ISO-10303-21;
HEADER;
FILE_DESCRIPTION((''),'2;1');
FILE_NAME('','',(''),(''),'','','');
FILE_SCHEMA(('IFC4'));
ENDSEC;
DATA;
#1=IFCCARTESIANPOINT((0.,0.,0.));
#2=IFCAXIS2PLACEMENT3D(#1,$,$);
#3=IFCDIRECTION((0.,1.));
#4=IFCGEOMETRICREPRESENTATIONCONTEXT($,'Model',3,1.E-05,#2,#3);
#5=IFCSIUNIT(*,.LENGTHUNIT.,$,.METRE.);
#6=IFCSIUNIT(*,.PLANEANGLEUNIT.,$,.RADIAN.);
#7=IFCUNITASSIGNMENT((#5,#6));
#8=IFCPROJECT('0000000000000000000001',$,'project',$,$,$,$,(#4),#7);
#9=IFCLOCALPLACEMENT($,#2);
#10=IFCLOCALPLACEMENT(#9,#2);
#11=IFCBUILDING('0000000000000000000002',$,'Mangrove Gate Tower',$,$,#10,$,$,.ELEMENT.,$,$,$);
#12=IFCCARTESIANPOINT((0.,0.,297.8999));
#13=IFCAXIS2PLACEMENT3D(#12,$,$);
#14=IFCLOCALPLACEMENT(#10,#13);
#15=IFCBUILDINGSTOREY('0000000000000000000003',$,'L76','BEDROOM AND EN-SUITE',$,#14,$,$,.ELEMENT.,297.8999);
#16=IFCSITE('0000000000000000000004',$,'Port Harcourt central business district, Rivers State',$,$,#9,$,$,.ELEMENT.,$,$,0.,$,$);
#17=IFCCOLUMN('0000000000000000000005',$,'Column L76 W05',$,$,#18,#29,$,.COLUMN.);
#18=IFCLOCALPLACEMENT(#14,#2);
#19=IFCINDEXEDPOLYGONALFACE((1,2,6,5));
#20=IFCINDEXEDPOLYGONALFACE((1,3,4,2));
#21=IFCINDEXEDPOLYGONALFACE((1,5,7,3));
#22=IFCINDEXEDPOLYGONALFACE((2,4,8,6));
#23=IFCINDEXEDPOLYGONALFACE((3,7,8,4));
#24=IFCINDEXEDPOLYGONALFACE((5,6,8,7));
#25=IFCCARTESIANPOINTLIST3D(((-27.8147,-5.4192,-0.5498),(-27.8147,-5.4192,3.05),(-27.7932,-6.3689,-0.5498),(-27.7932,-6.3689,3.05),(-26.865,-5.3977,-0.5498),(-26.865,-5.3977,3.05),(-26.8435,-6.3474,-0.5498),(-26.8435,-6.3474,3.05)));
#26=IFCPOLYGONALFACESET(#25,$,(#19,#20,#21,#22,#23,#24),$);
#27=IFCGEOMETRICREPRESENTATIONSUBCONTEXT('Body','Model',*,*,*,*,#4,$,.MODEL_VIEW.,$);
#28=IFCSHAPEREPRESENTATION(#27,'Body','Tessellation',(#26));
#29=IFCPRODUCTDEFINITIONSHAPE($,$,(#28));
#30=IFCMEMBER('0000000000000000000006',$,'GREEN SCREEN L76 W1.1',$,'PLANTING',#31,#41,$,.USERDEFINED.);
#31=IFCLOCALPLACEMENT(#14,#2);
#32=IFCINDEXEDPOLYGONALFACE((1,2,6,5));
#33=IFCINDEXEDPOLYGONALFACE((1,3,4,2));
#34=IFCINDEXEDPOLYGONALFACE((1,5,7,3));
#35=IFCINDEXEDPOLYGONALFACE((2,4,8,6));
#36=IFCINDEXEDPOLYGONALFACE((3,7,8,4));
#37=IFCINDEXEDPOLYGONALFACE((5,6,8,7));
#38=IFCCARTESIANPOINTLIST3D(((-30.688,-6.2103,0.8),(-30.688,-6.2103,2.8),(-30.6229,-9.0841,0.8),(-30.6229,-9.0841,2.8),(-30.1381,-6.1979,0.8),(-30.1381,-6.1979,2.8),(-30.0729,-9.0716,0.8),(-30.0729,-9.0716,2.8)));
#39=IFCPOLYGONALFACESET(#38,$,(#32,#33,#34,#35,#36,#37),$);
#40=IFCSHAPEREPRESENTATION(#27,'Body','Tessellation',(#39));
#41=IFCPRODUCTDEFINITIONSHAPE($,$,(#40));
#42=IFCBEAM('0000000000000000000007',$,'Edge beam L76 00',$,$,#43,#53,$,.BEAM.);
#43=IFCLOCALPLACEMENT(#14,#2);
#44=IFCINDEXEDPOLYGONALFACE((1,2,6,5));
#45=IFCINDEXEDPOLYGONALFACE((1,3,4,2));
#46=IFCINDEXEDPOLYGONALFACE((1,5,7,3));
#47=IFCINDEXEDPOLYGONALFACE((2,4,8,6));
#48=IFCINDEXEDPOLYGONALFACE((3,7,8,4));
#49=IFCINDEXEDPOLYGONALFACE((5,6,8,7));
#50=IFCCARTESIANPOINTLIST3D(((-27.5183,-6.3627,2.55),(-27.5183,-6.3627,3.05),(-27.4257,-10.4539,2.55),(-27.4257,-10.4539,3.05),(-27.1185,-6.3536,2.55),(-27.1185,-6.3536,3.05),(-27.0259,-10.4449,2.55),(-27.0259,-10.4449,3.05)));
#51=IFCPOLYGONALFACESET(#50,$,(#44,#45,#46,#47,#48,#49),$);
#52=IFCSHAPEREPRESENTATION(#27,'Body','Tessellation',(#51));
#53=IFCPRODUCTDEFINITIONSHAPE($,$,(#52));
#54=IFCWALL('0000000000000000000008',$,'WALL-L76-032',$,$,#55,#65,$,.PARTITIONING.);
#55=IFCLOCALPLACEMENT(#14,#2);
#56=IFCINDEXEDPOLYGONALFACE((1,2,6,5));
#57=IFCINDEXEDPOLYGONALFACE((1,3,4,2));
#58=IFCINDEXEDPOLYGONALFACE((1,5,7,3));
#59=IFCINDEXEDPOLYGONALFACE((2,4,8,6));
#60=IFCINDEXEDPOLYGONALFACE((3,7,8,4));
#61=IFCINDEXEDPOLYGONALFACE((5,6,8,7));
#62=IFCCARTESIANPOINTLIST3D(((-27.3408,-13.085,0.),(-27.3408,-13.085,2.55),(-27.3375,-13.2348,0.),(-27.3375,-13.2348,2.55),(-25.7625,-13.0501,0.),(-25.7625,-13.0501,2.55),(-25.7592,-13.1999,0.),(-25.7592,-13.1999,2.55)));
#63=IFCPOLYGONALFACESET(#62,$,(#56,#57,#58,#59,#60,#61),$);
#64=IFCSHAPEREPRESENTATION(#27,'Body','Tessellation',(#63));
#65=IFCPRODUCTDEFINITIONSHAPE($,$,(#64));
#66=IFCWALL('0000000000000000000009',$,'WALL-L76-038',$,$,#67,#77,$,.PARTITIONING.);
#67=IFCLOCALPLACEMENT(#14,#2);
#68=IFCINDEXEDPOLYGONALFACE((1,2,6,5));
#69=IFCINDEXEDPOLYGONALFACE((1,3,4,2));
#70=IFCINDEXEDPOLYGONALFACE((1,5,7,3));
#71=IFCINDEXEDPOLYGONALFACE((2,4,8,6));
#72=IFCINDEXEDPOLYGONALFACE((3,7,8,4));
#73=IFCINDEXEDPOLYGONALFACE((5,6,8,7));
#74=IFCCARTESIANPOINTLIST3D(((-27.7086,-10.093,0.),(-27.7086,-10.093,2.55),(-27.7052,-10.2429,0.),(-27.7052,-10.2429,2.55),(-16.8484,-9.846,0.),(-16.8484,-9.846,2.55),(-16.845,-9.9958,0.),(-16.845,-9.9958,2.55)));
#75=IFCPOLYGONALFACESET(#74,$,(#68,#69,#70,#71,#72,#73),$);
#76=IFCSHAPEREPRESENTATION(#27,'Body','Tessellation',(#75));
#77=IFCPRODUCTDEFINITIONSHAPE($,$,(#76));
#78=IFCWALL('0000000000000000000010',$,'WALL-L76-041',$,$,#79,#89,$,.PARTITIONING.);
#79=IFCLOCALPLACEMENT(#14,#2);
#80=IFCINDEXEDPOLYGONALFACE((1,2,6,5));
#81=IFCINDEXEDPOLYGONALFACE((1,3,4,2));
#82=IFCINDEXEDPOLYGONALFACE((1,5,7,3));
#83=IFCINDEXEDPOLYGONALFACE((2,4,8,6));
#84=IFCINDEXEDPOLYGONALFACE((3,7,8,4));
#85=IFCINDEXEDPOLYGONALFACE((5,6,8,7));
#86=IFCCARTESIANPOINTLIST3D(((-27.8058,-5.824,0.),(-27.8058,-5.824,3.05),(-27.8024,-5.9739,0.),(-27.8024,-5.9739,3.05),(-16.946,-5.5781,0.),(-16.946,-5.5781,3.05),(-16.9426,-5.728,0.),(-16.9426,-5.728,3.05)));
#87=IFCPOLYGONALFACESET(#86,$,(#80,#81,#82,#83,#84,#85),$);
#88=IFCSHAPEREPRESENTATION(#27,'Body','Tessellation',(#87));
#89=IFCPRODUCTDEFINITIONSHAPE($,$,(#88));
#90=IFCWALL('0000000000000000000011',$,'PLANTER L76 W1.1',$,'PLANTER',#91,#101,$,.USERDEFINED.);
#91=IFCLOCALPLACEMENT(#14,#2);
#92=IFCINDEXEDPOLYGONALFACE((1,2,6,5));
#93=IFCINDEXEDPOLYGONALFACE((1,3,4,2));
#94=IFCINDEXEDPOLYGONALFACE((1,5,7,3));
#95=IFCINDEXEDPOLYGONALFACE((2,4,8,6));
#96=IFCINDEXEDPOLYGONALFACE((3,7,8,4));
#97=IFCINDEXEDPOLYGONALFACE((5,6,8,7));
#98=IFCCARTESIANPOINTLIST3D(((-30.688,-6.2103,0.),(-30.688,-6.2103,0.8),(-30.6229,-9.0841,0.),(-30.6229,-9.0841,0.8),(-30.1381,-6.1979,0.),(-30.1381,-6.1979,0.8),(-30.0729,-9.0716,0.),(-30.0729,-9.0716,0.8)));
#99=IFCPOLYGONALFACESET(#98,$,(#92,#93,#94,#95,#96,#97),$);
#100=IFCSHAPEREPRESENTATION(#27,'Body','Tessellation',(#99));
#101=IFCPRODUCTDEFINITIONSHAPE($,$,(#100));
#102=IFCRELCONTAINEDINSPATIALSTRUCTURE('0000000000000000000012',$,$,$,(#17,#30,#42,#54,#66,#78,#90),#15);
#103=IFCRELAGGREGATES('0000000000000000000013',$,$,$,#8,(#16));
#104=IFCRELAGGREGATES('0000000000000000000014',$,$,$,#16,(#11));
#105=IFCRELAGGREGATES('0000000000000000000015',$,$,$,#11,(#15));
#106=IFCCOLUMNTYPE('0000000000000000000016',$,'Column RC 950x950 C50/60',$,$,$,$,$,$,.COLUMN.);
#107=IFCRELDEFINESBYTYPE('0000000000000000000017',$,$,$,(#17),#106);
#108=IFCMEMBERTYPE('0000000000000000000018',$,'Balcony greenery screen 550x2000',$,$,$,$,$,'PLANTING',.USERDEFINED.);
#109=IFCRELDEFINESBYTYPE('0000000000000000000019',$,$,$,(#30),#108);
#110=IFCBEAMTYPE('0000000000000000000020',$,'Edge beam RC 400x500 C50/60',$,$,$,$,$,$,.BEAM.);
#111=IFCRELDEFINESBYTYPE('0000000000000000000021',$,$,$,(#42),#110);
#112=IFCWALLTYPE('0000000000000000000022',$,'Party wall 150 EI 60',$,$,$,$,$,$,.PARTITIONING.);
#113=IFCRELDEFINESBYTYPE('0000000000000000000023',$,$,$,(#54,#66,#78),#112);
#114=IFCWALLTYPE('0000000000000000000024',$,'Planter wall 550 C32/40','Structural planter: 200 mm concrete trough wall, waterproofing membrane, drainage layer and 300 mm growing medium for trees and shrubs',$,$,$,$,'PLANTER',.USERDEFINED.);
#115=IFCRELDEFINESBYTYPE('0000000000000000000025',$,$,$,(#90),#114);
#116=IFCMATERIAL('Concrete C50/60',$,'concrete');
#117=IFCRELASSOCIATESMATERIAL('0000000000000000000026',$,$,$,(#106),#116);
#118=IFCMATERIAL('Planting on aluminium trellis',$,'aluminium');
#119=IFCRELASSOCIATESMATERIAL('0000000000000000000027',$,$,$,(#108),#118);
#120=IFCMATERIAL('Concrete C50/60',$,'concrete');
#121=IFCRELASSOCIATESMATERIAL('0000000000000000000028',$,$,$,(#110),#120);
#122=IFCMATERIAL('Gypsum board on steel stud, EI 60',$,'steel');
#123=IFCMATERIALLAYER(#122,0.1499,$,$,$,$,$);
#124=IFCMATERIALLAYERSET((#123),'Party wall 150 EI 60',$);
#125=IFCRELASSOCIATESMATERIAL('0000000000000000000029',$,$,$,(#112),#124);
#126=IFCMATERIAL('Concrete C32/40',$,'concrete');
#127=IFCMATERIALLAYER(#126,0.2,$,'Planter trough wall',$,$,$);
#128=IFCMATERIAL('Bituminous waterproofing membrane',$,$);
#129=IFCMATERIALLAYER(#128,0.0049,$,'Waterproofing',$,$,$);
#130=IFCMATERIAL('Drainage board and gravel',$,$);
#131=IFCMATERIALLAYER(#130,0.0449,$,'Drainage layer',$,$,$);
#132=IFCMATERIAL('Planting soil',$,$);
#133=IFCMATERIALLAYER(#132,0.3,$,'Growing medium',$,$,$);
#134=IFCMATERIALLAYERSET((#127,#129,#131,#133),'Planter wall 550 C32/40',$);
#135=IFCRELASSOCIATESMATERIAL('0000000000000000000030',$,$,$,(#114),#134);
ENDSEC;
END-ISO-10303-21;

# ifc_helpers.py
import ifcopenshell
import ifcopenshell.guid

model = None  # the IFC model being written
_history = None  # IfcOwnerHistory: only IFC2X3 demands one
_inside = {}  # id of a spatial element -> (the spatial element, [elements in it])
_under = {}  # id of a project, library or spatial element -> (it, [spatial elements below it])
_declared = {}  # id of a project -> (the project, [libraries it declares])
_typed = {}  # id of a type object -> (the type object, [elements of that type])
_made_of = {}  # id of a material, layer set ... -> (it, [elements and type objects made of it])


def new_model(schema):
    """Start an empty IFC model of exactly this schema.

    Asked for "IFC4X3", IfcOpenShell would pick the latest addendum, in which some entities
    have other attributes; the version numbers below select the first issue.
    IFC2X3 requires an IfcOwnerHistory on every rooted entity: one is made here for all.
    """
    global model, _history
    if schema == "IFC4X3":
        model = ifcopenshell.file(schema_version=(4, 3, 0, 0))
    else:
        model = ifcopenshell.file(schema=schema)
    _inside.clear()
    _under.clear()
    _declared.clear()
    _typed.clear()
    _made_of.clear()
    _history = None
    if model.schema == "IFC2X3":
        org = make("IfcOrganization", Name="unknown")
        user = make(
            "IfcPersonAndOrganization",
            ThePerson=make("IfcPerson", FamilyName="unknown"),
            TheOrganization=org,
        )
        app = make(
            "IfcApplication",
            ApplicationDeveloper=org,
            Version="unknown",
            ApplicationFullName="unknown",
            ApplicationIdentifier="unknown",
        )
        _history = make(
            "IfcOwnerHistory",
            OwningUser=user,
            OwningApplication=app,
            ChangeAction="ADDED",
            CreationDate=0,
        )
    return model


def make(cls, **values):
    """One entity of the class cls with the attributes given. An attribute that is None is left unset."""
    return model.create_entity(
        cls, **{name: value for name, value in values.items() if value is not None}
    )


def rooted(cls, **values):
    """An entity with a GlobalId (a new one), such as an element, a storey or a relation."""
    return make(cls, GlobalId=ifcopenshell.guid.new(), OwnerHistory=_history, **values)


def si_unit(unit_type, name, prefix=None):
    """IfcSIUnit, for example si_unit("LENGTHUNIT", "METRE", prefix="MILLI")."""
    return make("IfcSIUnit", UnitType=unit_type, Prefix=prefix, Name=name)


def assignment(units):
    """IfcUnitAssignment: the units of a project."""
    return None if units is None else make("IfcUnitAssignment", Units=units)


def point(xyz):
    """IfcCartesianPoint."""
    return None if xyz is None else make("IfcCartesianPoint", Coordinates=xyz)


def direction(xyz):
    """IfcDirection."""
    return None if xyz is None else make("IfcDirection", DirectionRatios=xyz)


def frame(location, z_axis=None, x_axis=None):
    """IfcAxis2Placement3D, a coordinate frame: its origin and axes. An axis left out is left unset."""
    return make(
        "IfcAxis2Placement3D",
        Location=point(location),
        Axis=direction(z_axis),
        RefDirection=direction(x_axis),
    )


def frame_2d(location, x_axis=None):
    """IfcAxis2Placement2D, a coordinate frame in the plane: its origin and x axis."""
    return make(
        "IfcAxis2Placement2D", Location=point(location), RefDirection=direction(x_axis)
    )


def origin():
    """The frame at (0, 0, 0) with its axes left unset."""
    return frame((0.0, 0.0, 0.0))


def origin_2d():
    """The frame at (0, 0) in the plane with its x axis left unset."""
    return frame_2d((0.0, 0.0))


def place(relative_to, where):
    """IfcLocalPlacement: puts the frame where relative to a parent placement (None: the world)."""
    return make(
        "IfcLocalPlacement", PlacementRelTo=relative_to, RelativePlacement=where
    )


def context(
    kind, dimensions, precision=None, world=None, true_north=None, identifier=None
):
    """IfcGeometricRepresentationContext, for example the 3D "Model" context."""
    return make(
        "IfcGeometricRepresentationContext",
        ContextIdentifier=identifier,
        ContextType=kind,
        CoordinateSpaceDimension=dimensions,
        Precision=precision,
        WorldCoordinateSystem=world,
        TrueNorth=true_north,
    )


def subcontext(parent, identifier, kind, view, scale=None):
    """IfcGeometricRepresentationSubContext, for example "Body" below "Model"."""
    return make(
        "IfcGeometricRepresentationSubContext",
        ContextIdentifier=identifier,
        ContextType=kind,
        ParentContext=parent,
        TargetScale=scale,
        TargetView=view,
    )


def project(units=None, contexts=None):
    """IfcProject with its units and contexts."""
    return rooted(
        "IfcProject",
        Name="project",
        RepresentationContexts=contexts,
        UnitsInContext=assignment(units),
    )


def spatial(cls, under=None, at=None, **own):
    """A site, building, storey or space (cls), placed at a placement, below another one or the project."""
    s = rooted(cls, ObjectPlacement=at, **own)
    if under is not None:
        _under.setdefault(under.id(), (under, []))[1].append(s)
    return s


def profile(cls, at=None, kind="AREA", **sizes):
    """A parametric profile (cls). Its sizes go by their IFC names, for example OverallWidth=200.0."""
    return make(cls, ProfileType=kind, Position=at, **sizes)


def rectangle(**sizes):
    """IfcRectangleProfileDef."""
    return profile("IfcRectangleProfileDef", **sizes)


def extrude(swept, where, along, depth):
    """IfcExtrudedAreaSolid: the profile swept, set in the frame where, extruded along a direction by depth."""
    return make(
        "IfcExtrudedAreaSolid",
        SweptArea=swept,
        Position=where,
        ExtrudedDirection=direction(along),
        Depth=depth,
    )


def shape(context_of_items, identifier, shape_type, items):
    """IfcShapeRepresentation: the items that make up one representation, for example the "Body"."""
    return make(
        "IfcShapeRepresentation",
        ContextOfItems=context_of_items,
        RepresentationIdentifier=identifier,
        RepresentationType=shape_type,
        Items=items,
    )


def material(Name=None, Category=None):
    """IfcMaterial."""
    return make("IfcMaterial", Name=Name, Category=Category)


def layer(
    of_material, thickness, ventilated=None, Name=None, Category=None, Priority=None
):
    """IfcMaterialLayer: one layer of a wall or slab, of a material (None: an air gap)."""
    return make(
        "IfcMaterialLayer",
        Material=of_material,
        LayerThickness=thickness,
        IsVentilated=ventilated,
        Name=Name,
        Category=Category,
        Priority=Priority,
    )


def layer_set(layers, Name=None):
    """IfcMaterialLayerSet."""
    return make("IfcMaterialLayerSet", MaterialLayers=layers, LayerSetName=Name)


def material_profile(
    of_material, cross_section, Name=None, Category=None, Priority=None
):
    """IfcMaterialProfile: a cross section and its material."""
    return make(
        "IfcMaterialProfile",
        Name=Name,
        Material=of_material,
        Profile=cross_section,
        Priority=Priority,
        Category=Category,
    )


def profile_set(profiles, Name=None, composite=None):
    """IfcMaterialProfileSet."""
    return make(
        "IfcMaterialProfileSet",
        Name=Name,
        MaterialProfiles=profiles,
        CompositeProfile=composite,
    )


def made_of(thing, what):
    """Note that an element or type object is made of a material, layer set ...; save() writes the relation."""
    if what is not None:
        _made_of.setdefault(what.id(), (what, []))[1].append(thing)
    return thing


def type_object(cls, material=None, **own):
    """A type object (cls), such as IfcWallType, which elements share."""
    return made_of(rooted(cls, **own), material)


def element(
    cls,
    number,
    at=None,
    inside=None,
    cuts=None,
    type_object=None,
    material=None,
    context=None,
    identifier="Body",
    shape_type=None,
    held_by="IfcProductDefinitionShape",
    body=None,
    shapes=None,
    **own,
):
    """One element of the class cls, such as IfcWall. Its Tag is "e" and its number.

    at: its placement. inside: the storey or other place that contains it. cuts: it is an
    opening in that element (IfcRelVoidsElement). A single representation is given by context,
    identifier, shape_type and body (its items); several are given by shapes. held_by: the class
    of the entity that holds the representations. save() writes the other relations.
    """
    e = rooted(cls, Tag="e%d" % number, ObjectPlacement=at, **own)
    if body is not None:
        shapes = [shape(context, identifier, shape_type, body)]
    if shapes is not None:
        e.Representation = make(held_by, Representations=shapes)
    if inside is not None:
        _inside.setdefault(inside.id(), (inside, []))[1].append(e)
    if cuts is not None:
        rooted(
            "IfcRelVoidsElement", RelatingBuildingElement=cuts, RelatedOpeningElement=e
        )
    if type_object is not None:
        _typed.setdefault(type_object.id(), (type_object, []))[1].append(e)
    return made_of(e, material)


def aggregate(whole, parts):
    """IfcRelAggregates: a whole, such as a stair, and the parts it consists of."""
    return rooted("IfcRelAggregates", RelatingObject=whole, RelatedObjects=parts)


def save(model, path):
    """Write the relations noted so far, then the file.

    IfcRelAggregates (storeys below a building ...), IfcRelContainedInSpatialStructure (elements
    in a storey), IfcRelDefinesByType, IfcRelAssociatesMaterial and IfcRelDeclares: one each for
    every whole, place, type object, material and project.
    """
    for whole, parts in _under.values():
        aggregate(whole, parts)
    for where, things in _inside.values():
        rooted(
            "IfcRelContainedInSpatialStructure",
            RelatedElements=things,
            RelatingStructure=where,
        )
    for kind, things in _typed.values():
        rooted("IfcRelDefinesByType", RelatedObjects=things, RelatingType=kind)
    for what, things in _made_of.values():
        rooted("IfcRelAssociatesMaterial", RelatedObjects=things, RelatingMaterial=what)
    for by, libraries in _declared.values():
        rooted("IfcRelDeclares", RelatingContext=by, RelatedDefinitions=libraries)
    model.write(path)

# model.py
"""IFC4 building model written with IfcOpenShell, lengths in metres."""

from ifc_helpers import new_model, si_unit, direction, frame, frame_2d, origin, origin_2d, place, context, subcontext, project, spatial, rectangle, extrude, material, layer, layer_set, material_profile, profile_set, type_object, element, save


model = new_model("IFC4")

# Units and contexts
model_context = context("Model", 3, precision=1e-05, world=origin(), true_north=direction((0.0, 1.0)))
body_context = subcontext(model_context, "Body", "Model", "MODEL_VIEW")
ifc_project = project(units=[si_unit("LENGTHUNIT", "METRE"), si_unit("PLANEANGLEUNIT", "RADIAN")], contexts=[model_context])

# Site, building, storey
site_placement = place(None, origin())
site = spatial("IfcSite", under=ifc_project, at=site_placement, Name="Port Harcourt central business district, Rivers State", CompositionType="ELEMENT", RefElevation=0.0)
building_placement = place(site_placement, origin())
building = spatial("IfcBuilding", under=site, at=building_placement, Name="Mangrove Gate Tower", CompositionType="ELEMENT")
storey_placement = place(building_placement, frame((0.0, 0.0, 297.8999)))
storey = spatial("IfcBuildingStorey", under=building, at=storey_placement, Name="L76", Description="BEDROOM AND EN-SUITE", CompositionType="ELEMENT", Elevation=297.8999)

# Column
ifc_material_1 = material(Name="Concrete C50/60", Category="concrete")
ifc_material_profile_1 = material_profile(ifc_material_1, rectangle(XDim=0.95, YDim=0.95, at=origin_2d()))
ifc_profile_set_1 = profile_set([ifc_material_profile_1], Name="Concrete C50/60")
column_type = type_object("IfcColumnType", Name="Column RC 950x950 C50/60", PredefinedType="COLUMN", material=ifc_profile_set_1)
column_placement = place(storey_placement, frame((-27.3291, -5.8833, -0.5498), z_axis=(0.0, 0.0, 1.0), x_axis=(0.022668, -0.999743, 0.0)))
element("IfcColumn", 1, at=column_placement, inside=storey, type_object=column_type, Name="Column L76 W05", PredefinedType="COLUMN", context=body_context, shape_type="SweptSolid", body=[
    extrude(rectangle(XDim=0.95, YDim=0.95, at=origin_2d()), origin(), (0.0, 0.0, 1.0), 3.5999),
])

# Member
ifc_material_2 = material(Name="Planting on aluminium trellis", Category="aluminium")
ifc_material_profile_2 = material_profile(ifc_material_2, rectangle(XDim=0.55, YDim=2.0, at=origin_2d()))
ifc_profile_set_2 = profile_set([ifc_material_profile_2], Name="Planting on aluminium trellis")
member_type = type_object("IfcMemberType", Name="Balcony greenery screen 550x2000", ElementType="PLANTING", PredefinedType="USERDEFINED", material=ifc_profile_set_2)
member_placement = place(storey_placement, frame((-30.3479, -9.0779, 1.8), z_axis=(-0.022677, 0.999743, 0.0), x_axis=(-0.999743, -0.022677, 0.0)))
element("IfcMember", 2, at=member_placement, inside=storey, type_object=member_type, Name="GREEN SCREEN L76 W1.1", ObjectType="PLANTING", PredefinedType="USERDEFINED", context=body_context, shape_type="SweptSolid", body=[
    extrude(rectangle(XDim=0.55, YDim=2.0, at=origin_2d()), origin(), (0.0, 0.0, 1.0), 2.8745),
])

# Beam
ifc_material_3 = material(Name="Concrete C50/60", Category="concrete")
ifc_material_profile_3 = material_profile(ifc_material_3, rectangle(XDim=0.3999, YDim=0.5, at=origin_2d()))
ifc_profile_set_3 = profile_set([ifc_material_profile_3], Name="Concrete C50/60")
beam_type = type_object("IfcBeamType", Name="Edge beam RC 400x500 C50/60", PredefinedType="BEAM", material=ifc_profile_set_3)
beam_placement = place(storey_placement, frame((-27.3184, -6.3582, 2.8), z_axis=(0.02261, -0.999744, 0.0), x_axis=(0.999744, 0.02261, 0.0)))
element("IfcBeam", 3, at=beam_placement, inside=storey, type_object=beam_type, Name="Edge beam L76 00", PredefinedType="BEAM", context=body_context, shape_type="SweptSolid", body=[
    extrude(rectangle(XDim=0.3999, YDim=0.5, at=origin_2d()), origin(), (0.0, 0.0, 1.0), 4.0923),
])

# Walls
ifc_material_4 = material(Name="Gypsum board on steel stud, EI 60", Category="steel")
ifc_layer_1 = layer(ifc_material_4, 0.1499)
ifc_layer_set_1 = layer_set([ifc_layer_1], Name="Party wall 150 EI 60")
wall_type_1 = type_object("IfcWallType", Name="Party wall 150 EI 60", PredefinedType="PARTITIONING", material=ifc_layer_set_1)
wall_1_placement = place(storey_placement, frame((-27.3391, -13.1599, 0.0), z_axis=(0.0, 0.0, 1.0), x_axis=(0.999755, 0.022117, 0.0)))
element("IfcWall", 4, at=wall_1_placement, inside=storey, type_object=wall_type_1, Name="WALL-L76-032", PredefinedType="PARTITIONING", context=body_context, shape_type="SweptSolid", body=[
    extrude(rectangle(XDim=1.5786, YDim=0.1499, at=frame_2d((0.7893, 0.0))), origin(), (0.0, 0.0, 1.0), 2.55),
])
wall_2_placement = place(storey_placement, frame((-27.707, -10.168, 0.0), z_axis=(0.0, 0.0, 1.0), x_axis=(0.999741, 0.022744, 0.0)))
element("IfcWall", 5, at=wall_2_placement, inside=storey, type_object=wall_type_1, Name="WALL-L76-038", PredefinedType="PARTITIONING", context=body_context, shape_type="SweptSolid", body=[
    extrude(rectangle(XDim=10.863, YDim=0.1499, at=frame_2d((5.4316, 0.0))), origin(), (0.0, 0.0, 1.0), 2.55),
])
wall_3_placement = place(storey_placement, frame((-27.804, -5.8989, 0.0), z_axis=(0.0, 0.0, 1.0), x_axis=(0.999744, 0.022633, 0.0)))
element("IfcWall", 6, at=wall_3_placement, inside=storey, type_object=wall_type_1, Name="WALL-L76-041", PredefinedType="PARTITIONING", context=body_context, shape_type="SweptSolid", body=[
    extrude(rectangle(XDim=10.8625, YDim=0.1499, at=frame_2d((5.4312, 0.0))), origin(), (0.0, 0.0, 1.0), 3.05),
])
ifc_material_5 = material(Name="Concrete C32/40", Category="concrete")
ifc_layer_2 = layer(ifc_material_5, 0.2, Name="Planter trough wall")
ifc_material_6 = material(Name="Bituminous waterproofing membrane")
ifc_layer_3 = layer(ifc_material_6, 0.0049, Name="Waterproofing")
ifc_material_7 = material(Name="Drainage board and gravel")
ifc_layer_4 = layer(ifc_material_7, 0.0449, Name="Drainage layer")
ifc_material_8 = material(Name="Planting soil")
ifc_layer_5 = layer(ifc_material_8, 0.3, Name="Growing medium")
ifc_layer_set_2 = layer_set([ifc_layer_2, ifc_layer_3, ifc_layer_4, ifc_layer_5], Name="Planter wall 550 C32/40")
wall_type_2 = type_object("IfcWallType", Name="Planter wall 550 C32/40", Description="Structural planter: 200 mm concrete trough wall, waterproofing membrane, drainage layer and 300 mm growing medium for trees and shrubs", ElementType="PLANTER", PredefinedType="USERDEFINED", material=ifc_layer_set_2)
wall_4_placement = place(storey_placement, frame((-30.3479, -9.0779, 0.0), z_axis=(0.0, 0.0, 1.0), x_axis=(-0.022677, 0.999743, 0.0)))
element("IfcWall", 7, at=wall_4_placement, inside=storey, type_object=wall_type_2, Name="PLANTER L76 W1.1", ObjectType="PLANTER", PredefinedType="USERDEFINED", context=body_context, shape_type="SweptSolid", body=[
    extrude(rectangle(XDim=2.8745, YDim=0.55, at=frame_2d((1.4373, 0.0))), origin(), (0.0, 0.0, 1.0), 0.8),
])

save(model, "model.ifc")
